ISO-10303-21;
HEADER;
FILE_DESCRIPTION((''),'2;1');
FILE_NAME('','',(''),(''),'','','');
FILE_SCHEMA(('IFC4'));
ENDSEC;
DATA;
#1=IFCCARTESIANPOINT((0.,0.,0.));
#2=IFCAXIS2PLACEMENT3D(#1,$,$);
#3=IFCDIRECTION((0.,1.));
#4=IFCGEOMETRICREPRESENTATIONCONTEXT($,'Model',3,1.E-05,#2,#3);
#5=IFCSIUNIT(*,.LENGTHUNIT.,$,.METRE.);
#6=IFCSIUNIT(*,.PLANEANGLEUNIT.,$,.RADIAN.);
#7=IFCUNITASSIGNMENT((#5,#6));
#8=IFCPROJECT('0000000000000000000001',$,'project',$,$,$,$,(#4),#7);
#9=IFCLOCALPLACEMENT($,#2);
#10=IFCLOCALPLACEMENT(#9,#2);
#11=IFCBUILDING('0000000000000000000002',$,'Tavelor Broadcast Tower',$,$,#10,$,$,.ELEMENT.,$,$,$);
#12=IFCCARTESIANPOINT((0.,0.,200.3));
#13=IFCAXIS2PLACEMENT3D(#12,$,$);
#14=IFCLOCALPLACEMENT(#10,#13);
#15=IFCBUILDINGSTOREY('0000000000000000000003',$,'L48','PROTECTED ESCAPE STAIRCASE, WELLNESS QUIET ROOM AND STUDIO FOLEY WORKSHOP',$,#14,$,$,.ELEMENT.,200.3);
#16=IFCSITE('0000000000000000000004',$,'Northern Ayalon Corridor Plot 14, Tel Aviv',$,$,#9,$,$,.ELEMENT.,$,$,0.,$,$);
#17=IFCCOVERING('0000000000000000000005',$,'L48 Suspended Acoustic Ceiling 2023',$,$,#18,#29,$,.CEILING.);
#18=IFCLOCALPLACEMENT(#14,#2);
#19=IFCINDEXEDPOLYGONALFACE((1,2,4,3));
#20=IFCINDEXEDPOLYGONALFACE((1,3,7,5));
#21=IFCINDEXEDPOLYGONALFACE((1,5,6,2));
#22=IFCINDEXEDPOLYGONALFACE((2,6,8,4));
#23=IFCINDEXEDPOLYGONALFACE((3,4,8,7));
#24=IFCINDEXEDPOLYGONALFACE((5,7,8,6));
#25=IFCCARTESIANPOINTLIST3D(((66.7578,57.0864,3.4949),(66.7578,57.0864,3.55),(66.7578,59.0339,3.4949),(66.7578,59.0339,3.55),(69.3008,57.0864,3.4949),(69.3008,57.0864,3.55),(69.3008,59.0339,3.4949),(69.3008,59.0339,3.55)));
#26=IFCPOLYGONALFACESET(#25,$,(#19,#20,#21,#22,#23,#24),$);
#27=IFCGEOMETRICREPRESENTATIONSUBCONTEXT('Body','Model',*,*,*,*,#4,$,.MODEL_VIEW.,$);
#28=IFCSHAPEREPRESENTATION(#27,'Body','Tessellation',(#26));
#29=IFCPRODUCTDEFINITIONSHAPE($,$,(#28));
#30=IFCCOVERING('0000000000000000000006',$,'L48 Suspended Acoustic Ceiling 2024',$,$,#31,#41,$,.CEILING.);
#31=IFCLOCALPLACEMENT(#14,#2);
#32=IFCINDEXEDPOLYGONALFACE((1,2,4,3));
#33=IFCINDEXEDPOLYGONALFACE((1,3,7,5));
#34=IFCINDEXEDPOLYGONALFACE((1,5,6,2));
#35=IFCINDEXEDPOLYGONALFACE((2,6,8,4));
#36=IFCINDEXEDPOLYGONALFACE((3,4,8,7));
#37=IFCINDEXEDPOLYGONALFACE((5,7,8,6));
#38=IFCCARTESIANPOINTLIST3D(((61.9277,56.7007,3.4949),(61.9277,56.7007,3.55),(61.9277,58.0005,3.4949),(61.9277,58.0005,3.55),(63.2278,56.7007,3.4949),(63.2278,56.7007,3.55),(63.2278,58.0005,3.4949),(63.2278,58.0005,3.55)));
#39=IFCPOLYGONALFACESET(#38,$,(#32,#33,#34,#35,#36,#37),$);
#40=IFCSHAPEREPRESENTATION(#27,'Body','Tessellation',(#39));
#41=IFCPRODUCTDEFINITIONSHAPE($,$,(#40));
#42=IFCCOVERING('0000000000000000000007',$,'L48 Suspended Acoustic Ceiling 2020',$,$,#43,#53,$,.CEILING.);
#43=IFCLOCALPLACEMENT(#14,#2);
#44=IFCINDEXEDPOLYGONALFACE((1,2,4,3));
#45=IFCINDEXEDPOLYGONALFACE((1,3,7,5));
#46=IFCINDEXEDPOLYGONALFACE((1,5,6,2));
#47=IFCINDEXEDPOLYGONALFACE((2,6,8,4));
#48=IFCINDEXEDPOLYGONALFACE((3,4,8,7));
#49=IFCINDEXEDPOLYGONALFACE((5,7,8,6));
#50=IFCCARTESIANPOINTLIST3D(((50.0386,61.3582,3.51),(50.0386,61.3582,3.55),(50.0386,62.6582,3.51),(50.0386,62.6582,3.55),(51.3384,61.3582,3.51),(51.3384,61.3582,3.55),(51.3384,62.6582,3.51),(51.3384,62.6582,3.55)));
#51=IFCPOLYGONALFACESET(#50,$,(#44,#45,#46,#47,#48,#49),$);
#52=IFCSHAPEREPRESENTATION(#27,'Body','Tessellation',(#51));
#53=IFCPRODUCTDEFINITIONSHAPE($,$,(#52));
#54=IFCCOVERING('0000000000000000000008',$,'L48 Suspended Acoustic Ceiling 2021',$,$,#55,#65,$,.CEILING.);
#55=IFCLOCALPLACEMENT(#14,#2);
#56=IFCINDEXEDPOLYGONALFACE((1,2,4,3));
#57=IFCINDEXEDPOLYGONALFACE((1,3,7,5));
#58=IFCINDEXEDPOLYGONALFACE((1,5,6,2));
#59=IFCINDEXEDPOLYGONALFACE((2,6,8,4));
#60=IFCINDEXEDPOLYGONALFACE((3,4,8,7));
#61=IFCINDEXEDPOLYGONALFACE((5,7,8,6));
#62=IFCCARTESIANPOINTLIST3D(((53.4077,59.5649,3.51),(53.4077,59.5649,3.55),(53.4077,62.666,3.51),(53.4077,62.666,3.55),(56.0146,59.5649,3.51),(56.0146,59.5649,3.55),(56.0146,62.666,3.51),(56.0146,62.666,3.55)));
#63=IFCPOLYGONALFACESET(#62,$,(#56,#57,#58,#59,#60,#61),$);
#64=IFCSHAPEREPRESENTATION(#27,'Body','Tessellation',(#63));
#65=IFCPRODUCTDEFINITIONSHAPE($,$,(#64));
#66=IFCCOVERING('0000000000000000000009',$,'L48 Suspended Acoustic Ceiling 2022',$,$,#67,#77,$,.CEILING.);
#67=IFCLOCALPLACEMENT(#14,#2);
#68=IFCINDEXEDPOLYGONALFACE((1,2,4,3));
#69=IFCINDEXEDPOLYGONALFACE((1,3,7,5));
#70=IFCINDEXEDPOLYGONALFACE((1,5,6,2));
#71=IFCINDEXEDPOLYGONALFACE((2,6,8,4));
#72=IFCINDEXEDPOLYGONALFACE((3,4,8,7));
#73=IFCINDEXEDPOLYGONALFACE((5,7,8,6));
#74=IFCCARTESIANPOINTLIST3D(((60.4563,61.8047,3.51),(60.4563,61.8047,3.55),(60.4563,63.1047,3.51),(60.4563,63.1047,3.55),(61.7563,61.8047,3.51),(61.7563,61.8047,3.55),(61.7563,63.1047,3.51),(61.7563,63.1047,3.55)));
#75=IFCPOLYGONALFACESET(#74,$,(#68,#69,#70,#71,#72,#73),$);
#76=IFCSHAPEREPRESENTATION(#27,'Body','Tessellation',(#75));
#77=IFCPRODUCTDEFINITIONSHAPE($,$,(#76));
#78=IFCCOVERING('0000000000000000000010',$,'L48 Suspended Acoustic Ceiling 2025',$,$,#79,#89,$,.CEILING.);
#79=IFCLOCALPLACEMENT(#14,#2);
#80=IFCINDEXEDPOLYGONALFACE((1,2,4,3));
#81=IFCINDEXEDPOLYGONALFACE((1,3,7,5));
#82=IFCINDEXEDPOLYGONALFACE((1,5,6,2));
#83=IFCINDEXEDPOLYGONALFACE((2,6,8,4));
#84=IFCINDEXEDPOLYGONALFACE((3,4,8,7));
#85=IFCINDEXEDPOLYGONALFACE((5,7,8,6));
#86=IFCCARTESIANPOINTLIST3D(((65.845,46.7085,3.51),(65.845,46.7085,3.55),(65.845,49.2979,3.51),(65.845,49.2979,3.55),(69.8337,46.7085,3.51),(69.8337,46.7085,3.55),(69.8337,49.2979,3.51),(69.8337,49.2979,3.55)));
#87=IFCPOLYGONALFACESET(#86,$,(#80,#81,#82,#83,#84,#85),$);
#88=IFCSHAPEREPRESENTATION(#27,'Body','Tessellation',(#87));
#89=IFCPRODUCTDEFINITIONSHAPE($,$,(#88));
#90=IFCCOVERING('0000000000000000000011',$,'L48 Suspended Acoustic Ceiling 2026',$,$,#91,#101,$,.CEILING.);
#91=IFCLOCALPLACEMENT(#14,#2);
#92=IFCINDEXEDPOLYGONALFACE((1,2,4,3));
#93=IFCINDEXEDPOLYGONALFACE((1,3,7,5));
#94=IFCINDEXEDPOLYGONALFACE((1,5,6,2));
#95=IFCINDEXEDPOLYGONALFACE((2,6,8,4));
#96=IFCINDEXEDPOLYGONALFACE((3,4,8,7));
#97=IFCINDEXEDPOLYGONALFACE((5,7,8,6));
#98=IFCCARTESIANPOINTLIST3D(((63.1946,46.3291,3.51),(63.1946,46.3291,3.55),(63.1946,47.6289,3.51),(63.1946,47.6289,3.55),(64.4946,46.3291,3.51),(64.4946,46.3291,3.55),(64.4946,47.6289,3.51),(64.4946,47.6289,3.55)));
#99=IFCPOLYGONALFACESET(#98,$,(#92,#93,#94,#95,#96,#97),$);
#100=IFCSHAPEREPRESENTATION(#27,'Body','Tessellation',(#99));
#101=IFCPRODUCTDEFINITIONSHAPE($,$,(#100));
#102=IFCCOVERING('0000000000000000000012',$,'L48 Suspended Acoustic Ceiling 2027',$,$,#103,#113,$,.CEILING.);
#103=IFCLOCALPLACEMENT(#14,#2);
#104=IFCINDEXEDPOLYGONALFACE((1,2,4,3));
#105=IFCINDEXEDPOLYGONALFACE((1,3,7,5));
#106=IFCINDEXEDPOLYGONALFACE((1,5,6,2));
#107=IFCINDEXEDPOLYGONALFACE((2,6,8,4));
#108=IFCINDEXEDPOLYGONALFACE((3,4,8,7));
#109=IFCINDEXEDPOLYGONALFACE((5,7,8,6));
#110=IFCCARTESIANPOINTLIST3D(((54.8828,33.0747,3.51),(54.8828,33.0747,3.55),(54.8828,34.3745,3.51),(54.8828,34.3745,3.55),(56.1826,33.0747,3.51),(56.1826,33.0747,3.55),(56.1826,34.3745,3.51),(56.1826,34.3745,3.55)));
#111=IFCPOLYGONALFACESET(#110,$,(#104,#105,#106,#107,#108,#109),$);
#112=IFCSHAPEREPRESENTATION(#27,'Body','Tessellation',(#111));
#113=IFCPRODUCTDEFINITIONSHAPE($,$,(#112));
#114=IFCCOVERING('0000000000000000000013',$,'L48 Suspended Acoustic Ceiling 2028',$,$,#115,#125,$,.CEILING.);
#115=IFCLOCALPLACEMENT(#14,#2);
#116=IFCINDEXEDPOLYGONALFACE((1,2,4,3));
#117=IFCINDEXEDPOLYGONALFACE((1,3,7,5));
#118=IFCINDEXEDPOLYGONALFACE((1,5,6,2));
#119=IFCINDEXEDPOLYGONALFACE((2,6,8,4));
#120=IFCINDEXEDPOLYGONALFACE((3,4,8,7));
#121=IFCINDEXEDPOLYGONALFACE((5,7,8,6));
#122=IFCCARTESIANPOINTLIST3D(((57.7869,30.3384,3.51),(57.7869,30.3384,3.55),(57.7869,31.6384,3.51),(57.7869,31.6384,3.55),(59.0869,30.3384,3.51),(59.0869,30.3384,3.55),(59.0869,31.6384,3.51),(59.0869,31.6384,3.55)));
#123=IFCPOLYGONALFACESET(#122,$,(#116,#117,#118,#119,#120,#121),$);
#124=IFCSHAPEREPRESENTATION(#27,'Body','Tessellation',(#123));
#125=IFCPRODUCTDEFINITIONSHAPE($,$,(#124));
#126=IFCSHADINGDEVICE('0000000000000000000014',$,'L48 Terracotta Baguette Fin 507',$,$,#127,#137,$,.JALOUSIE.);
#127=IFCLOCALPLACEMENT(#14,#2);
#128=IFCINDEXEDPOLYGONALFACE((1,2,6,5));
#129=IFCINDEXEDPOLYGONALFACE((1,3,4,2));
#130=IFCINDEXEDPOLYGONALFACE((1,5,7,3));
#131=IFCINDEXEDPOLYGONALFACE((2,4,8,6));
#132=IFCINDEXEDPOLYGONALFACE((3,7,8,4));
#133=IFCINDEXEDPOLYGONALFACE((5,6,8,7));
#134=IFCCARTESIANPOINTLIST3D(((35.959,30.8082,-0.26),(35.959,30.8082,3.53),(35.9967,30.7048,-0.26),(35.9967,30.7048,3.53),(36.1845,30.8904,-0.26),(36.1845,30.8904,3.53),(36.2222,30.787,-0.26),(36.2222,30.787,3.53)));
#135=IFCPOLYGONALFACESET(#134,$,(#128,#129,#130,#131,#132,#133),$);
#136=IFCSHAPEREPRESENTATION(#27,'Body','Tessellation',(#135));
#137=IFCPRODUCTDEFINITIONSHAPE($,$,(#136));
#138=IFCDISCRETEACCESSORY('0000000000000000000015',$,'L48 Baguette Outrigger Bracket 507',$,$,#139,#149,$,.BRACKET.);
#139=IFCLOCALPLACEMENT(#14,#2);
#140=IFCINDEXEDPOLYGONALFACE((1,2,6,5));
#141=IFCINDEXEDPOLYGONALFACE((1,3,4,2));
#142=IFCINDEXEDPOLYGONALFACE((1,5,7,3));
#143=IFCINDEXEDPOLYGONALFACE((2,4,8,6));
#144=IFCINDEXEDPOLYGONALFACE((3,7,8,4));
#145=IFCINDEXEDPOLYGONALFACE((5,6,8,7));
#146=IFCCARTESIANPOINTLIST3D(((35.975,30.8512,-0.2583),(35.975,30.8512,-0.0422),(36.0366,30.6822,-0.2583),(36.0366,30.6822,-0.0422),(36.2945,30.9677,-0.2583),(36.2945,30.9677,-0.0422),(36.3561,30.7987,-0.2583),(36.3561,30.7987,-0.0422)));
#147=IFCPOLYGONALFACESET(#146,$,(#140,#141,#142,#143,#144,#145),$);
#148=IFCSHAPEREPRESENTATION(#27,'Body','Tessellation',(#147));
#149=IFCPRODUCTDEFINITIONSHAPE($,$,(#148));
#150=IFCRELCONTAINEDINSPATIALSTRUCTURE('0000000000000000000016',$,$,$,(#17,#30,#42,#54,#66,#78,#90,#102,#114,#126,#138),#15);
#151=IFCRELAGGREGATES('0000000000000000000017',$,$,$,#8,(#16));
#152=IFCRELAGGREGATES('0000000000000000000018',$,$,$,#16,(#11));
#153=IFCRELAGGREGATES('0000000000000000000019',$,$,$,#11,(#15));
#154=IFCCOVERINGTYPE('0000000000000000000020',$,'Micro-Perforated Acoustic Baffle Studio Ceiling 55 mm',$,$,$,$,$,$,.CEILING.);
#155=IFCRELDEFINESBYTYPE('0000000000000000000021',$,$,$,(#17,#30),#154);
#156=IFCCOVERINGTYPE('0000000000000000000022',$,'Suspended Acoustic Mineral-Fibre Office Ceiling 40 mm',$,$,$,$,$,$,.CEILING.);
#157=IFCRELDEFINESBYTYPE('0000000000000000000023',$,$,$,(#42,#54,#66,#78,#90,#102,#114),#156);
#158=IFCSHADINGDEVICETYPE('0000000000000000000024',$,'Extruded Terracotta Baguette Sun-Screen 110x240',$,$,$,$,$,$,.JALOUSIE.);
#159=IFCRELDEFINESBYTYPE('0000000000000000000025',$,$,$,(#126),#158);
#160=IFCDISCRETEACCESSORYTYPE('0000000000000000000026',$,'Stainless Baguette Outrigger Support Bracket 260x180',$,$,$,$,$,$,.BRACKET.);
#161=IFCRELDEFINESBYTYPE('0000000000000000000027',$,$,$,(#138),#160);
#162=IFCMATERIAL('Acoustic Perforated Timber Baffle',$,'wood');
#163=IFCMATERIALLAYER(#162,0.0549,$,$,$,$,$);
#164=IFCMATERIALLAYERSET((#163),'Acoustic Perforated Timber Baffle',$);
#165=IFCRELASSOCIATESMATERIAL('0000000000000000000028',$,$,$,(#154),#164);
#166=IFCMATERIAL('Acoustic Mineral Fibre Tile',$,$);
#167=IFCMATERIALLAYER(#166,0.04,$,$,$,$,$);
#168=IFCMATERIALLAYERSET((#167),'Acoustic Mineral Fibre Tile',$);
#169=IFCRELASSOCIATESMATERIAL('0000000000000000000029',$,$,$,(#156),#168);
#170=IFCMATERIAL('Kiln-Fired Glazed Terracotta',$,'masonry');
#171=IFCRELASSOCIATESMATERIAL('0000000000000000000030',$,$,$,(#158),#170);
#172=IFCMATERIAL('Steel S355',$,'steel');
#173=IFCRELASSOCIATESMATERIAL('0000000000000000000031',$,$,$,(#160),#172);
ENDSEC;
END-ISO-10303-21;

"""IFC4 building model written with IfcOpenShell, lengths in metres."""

from ifc_helpers import new_model, si_unit, direction, frame, origin, origin_2d, place, context, subcontext, project, spatial, polyline, rectangle, outline, extrude, source, transform, mapped, material, layer, layer_set, type_object, type_shapes, element, save


model = new_model("IFC4")

# Units and contexts
model_context = context("Model", 3, precision=1e-05, world=origin(), true_north=direction((0.0, 1.0)))
body_context = subcontext(model_context, "Body", "Model", "MODEL_VIEW")
ifc_project = project(units=[si_unit("LENGTHUNIT", "METRE"), si_unit("PLANEANGLEUNIT", "RADIAN")], contexts=[model_context])

# Site, building, storey
site_placement = place(None, origin())
site = spatial("IfcSite", under=ifc_project, at=site_placement, Name="Northern Ayalon Corridor Plot 14, Tel Aviv", CompositionType="ELEMENT", RefElevation=0.0)
building_placement = place(site_placement, origin())
building = spatial("IfcBuilding", under=site, at=building_placement, Name="Tavelor Broadcast Tower", CompositionType="ELEMENT")
storey_placement = place(building_placement, frame((0.0, 0.0, 200.3)))
storey = spatial("IfcBuildingStorey", under=building, at=storey_placement, Name="L48", Description="PROTECTED ESCAPE STAIRCASE, WELLNESS QUIET ROOM AND STUDIO FOLEY WORKSHOP", CompositionType="ELEMENT", Elevation=200.3)

# Coverings
ifc_material_1 = material(Name="Acoustic Perforated Timber Baffle", Category="wood")
ifc_layer_1 = layer(ifc_material_1, 0.0549)
ifc_layer_set_1 = layer_set([ifc_layer_1], Name="Acoustic Perforated Timber Baffle")
covering_type_1 = type_object("IfcCoveringType", Name="Micro-Perforated Acoustic Baffle Studio Ceiling 55 mm", PredefinedType="CEILING", material=ifc_layer_set_1)
covering_1_placement = place(storey_placement, frame((0.0, 0.0, 3.4949)))
element("IfcCovering", 1, at=covering_1_placement, inside=storey, type_object=covering_type_1, Name="L48 Suspended Acoustic Ceiling 2023", PredefinedType="CEILING", context=body_context, shape_type="SweptSolid", body=[
    extrude(outline(polyline([(66.7578, 57.0864), (69.3008, 57.0864), (69.3008, 59.0339), (66.7578, 59.0339), (66.7578, 57.0864)])), origin(), (0.0, 0.0, 1.0), 0.0552),
])
covering_2_placement = place(storey_placement, frame((0.0, 0.0, 3.4949)))
element("IfcCovering", 2, at=covering_2_placement, inside=storey, type_object=covering_type_1, Name="L48 Suspended Acoustic Ceiling 2024", PredefinedType="CEILING", context=body_context, shape_type="SweptSolid", body=[
    extrude(outline(polyline([(61.9277, 56.7007), (63.2278, 56.7007), (63.2278, 58.0005), (61.9277, 58.0005), (61.9277, 56.7007)])), origin(), (0.0, 0.0, 1.0), 0.0552),
])
ifc_material_2 = material(Name="Acoustic Mineral Fibre Tile")
ifc_layer_2 = layer(ifc_material_2, 0.04)
ifc_layer_set_2 = layer_set([ifc_layer_2], Name="Acoustic Mineral Fibre Tile")
covering_type_2 = type_object("IfcCoveringType", Name="Suspended Acoustic Mineral-Fibre Office Ceiling 40 mm", PredefinedType="CEILING", material=ifc_layer_set_2)
covering_3_placement = place(storey_placement, frame((0.0, 0.0, 3.51)))
element("IfcCovering", 3, at=covering_3_placement, inside=storey, type_object=covering_type_2, Name="L48 Suspended Acoustic Ceiling 2020", PredefinedType="CEILING", context=body_context, shape_type="SweptSolid", body=[
    extrude(outline(polyline([(50.0386, 61.3582), (51.3384, 61.3582), (51.3384, 62.6582), (50.0386, 62.6582), (50.0386, 61.3582)])), origin(), (0.0, 0.0, 1.0), 0.04),
])
covering_4_placement = place(storey_placement, frame((0.0, 0.0, 3.51)))
element("IfcCovering", 4, at=covering_4_placement, inside=storey, type_object=covering_type_2, Name="L48 Suspended Acoustic Ceiling 2021", PredefinedType="CEILING", context=body_context, shape_type="SweptSolid", body=[
    extrude(outline(polyline([(53.4077, 59.5649), (56.0146, 59.5649), (56.0146, 62.666), (53.4077, 62.666), (53.4077, 59.5649)])), origin(), (0.0, 0.0, 1.0), 0.04),
])
covering_5_placement = place(storey_placement, frame((0.0, 0.0, 3.51)))
element("IfcCovering", 5, at=covering_5_placement, inside=storey, type_object=covering_type_2, Name="L48 Suspended Acoustic Ceiling 2022", PredefinedType="CEILING", context=body_context, shape_type="SweptSolid", body=[
    extrude(outline(polyline([(60.4563, 61.8047), (61.7563, 61.8047), (61.7563, 63.1047), (60.4563, 63.1047), (60.4563, 61.8047)])), origin(), (0.0, 0.0, 1.0), 0.04),
])
covering_6_placement = place(storey_placement, frame((0.0, 0.0, 3.51)))
element("IfcCovering", 6, at=covering_6_placement, inside=storey, type_object=covering_type_2, Name="L48 Suspended Acoustic Ceiling 2025", PredefinedType="CEILING", context=body_context, shape_type="SweptSolid", body=[
    extrude(outline(polyline([(65.845, 46.7085), (69.8337, 46.7085), (69.8337, 49.2979), (65.845, 49.2979), (65.845, 46.7085)])), origin(), (0.0, 0.0, 1.0), 0.04),
])
covering_7_placement = place(storey_placement, frame((0.0, 0.0, 3.51)))
element("IfcCovering", 7, at=covering_7_placement, inside=storey, type_object=covering_type_2, Name="L48 Suspended Acoustic Ceiling 2026", PredefinedType="CEILING", context=body_context, shape_type="SweptSolid", body=[
    extrude(outline(polyline([(63.1946, 46.3291), (64.4946, 46.3291), (64.4946, 47.6289), (63.1946, 47.6289), (63.1946, 46.3291)])), origin(), (0.0, 0.0, 1.0), 0.04),
])
covering_8_placement = place(storey_placement, frame((0.0, 0.0, 3.51)))
element("IfcCovering", 8, at=covering_8_placement, inside=storey, type_object=covering_type_2, Name="L48 Suspended Acoustic Ceiling 2027", PredefinedType="CEILING", context=body_context, shape_type="SweptSolid", body=[
    extrude(outline(polyline([(54.8828, 33.0747), (56.1826, 33.0747), (56.1826, 34.3745), (54.8828, 34.3745), (54.8828, 33.0747)])), origin(), (0.0, 0.0, 1.0), 0.04),
])
covering_9_placement = place(storey_placement, frame((0.0, 0.0, 3.51)))
element("IfcCovering", 9, at=covering_9_placement, inside=storey, type_object=covering_type_2, Name="L48 Suspended Acoustic Ceiling 2028", PredefinedType="CEILING", context=body_context, shape_type="SweptSolid", body=[
    extrude(outline(polyline([(57.7869, 30.3384), (59.0869, 30.3384), (59.0869, 31.6384), (57.7869, 31.6384), (57.7869, 30.3384)])), origin(), (0.0, 0.0, 1.0), 0.04),
])

# Shading device
ifc_material_3 = material(Name="Kiln-Fired Glazed Terracotta", Category="masonry")
shading_device_type = type_object("IfcShadingDeviceType", Name="Extruded Terracotta Baguette Sun-Screen 110x240", PredefinedType="JALOUSIE", material=ifc_material_3)
shared_shape_1 = source(origin(), body_context, "Body", "SweptSolid", [
    extrude(rectangle(XDim=0.1101, YDim=0.24, at=origin_2d()), origin(), (0.0, 0.0, 1.0), 3.79),
])
type_shapes(shading_device_type, [shared_shape_1])
shading_device_placement = place(storey_placement, frame((36.0906, 30.7976, -0.26), z_axis=(0.0, 0.0, 1.0), x_axis=(0.342512, -0.939513, 0.0)))
element("IfcShadingDevice", 10, at=shading_device_placement, inside=storey, type_object=shading_device_type, Name="L48 Terracotta Baguette Fin 507", PredefinedType="JALOUSIE", context=body_context, shape_type="MappedRepresentation", body=[
    mapped(shared_shape_1, transform((0.0, 0.0, 0.0), scale=1.0)),
])

# Discrete accessory
ifc_material_4 = material(Name="Steel S355", Category="steel")
discrete_accessory_type = type_object("IfcDiscreteAccessoryType", Name="Stainless Baguette Outrigger Support Bracket 260x180", PredefinedType="BRACKET", material=ifc_material_4)
shared_shape_2 = source(origin(), body_context, "Body", "SweptSolid", [
    extrude(rectangle(XDim=0.1799, YDim=0.3401, at=origin_2d()), origin(), (0.0, 0.0, 1.0), 0.2161),
])
type_shapes(discrete_accessory_type, [shared_shape_2])
discrete_accessory_placement = place(storey_placement, frame((36.1655, 30.825, -0.2583), z_axis=(0.0, 0.0, 1.0), x_axis=(0.342512, -0.939513, 0.0)))
element("IfcDiscreteAccessory", 11, at=discrete_accessory_placement, inside=storey, type_object=discrete_accessory_type, Name="L48 Baguette Outrigger Bracket 507", PredefinedType="BRACKET", context=body_context, shape_type="MappedRepresentation", body=[
    mapped(shared_shape_2, transform((0.0, 0.0, 0.0), scale=1.0)),
])

save(model, "model.ifc")
